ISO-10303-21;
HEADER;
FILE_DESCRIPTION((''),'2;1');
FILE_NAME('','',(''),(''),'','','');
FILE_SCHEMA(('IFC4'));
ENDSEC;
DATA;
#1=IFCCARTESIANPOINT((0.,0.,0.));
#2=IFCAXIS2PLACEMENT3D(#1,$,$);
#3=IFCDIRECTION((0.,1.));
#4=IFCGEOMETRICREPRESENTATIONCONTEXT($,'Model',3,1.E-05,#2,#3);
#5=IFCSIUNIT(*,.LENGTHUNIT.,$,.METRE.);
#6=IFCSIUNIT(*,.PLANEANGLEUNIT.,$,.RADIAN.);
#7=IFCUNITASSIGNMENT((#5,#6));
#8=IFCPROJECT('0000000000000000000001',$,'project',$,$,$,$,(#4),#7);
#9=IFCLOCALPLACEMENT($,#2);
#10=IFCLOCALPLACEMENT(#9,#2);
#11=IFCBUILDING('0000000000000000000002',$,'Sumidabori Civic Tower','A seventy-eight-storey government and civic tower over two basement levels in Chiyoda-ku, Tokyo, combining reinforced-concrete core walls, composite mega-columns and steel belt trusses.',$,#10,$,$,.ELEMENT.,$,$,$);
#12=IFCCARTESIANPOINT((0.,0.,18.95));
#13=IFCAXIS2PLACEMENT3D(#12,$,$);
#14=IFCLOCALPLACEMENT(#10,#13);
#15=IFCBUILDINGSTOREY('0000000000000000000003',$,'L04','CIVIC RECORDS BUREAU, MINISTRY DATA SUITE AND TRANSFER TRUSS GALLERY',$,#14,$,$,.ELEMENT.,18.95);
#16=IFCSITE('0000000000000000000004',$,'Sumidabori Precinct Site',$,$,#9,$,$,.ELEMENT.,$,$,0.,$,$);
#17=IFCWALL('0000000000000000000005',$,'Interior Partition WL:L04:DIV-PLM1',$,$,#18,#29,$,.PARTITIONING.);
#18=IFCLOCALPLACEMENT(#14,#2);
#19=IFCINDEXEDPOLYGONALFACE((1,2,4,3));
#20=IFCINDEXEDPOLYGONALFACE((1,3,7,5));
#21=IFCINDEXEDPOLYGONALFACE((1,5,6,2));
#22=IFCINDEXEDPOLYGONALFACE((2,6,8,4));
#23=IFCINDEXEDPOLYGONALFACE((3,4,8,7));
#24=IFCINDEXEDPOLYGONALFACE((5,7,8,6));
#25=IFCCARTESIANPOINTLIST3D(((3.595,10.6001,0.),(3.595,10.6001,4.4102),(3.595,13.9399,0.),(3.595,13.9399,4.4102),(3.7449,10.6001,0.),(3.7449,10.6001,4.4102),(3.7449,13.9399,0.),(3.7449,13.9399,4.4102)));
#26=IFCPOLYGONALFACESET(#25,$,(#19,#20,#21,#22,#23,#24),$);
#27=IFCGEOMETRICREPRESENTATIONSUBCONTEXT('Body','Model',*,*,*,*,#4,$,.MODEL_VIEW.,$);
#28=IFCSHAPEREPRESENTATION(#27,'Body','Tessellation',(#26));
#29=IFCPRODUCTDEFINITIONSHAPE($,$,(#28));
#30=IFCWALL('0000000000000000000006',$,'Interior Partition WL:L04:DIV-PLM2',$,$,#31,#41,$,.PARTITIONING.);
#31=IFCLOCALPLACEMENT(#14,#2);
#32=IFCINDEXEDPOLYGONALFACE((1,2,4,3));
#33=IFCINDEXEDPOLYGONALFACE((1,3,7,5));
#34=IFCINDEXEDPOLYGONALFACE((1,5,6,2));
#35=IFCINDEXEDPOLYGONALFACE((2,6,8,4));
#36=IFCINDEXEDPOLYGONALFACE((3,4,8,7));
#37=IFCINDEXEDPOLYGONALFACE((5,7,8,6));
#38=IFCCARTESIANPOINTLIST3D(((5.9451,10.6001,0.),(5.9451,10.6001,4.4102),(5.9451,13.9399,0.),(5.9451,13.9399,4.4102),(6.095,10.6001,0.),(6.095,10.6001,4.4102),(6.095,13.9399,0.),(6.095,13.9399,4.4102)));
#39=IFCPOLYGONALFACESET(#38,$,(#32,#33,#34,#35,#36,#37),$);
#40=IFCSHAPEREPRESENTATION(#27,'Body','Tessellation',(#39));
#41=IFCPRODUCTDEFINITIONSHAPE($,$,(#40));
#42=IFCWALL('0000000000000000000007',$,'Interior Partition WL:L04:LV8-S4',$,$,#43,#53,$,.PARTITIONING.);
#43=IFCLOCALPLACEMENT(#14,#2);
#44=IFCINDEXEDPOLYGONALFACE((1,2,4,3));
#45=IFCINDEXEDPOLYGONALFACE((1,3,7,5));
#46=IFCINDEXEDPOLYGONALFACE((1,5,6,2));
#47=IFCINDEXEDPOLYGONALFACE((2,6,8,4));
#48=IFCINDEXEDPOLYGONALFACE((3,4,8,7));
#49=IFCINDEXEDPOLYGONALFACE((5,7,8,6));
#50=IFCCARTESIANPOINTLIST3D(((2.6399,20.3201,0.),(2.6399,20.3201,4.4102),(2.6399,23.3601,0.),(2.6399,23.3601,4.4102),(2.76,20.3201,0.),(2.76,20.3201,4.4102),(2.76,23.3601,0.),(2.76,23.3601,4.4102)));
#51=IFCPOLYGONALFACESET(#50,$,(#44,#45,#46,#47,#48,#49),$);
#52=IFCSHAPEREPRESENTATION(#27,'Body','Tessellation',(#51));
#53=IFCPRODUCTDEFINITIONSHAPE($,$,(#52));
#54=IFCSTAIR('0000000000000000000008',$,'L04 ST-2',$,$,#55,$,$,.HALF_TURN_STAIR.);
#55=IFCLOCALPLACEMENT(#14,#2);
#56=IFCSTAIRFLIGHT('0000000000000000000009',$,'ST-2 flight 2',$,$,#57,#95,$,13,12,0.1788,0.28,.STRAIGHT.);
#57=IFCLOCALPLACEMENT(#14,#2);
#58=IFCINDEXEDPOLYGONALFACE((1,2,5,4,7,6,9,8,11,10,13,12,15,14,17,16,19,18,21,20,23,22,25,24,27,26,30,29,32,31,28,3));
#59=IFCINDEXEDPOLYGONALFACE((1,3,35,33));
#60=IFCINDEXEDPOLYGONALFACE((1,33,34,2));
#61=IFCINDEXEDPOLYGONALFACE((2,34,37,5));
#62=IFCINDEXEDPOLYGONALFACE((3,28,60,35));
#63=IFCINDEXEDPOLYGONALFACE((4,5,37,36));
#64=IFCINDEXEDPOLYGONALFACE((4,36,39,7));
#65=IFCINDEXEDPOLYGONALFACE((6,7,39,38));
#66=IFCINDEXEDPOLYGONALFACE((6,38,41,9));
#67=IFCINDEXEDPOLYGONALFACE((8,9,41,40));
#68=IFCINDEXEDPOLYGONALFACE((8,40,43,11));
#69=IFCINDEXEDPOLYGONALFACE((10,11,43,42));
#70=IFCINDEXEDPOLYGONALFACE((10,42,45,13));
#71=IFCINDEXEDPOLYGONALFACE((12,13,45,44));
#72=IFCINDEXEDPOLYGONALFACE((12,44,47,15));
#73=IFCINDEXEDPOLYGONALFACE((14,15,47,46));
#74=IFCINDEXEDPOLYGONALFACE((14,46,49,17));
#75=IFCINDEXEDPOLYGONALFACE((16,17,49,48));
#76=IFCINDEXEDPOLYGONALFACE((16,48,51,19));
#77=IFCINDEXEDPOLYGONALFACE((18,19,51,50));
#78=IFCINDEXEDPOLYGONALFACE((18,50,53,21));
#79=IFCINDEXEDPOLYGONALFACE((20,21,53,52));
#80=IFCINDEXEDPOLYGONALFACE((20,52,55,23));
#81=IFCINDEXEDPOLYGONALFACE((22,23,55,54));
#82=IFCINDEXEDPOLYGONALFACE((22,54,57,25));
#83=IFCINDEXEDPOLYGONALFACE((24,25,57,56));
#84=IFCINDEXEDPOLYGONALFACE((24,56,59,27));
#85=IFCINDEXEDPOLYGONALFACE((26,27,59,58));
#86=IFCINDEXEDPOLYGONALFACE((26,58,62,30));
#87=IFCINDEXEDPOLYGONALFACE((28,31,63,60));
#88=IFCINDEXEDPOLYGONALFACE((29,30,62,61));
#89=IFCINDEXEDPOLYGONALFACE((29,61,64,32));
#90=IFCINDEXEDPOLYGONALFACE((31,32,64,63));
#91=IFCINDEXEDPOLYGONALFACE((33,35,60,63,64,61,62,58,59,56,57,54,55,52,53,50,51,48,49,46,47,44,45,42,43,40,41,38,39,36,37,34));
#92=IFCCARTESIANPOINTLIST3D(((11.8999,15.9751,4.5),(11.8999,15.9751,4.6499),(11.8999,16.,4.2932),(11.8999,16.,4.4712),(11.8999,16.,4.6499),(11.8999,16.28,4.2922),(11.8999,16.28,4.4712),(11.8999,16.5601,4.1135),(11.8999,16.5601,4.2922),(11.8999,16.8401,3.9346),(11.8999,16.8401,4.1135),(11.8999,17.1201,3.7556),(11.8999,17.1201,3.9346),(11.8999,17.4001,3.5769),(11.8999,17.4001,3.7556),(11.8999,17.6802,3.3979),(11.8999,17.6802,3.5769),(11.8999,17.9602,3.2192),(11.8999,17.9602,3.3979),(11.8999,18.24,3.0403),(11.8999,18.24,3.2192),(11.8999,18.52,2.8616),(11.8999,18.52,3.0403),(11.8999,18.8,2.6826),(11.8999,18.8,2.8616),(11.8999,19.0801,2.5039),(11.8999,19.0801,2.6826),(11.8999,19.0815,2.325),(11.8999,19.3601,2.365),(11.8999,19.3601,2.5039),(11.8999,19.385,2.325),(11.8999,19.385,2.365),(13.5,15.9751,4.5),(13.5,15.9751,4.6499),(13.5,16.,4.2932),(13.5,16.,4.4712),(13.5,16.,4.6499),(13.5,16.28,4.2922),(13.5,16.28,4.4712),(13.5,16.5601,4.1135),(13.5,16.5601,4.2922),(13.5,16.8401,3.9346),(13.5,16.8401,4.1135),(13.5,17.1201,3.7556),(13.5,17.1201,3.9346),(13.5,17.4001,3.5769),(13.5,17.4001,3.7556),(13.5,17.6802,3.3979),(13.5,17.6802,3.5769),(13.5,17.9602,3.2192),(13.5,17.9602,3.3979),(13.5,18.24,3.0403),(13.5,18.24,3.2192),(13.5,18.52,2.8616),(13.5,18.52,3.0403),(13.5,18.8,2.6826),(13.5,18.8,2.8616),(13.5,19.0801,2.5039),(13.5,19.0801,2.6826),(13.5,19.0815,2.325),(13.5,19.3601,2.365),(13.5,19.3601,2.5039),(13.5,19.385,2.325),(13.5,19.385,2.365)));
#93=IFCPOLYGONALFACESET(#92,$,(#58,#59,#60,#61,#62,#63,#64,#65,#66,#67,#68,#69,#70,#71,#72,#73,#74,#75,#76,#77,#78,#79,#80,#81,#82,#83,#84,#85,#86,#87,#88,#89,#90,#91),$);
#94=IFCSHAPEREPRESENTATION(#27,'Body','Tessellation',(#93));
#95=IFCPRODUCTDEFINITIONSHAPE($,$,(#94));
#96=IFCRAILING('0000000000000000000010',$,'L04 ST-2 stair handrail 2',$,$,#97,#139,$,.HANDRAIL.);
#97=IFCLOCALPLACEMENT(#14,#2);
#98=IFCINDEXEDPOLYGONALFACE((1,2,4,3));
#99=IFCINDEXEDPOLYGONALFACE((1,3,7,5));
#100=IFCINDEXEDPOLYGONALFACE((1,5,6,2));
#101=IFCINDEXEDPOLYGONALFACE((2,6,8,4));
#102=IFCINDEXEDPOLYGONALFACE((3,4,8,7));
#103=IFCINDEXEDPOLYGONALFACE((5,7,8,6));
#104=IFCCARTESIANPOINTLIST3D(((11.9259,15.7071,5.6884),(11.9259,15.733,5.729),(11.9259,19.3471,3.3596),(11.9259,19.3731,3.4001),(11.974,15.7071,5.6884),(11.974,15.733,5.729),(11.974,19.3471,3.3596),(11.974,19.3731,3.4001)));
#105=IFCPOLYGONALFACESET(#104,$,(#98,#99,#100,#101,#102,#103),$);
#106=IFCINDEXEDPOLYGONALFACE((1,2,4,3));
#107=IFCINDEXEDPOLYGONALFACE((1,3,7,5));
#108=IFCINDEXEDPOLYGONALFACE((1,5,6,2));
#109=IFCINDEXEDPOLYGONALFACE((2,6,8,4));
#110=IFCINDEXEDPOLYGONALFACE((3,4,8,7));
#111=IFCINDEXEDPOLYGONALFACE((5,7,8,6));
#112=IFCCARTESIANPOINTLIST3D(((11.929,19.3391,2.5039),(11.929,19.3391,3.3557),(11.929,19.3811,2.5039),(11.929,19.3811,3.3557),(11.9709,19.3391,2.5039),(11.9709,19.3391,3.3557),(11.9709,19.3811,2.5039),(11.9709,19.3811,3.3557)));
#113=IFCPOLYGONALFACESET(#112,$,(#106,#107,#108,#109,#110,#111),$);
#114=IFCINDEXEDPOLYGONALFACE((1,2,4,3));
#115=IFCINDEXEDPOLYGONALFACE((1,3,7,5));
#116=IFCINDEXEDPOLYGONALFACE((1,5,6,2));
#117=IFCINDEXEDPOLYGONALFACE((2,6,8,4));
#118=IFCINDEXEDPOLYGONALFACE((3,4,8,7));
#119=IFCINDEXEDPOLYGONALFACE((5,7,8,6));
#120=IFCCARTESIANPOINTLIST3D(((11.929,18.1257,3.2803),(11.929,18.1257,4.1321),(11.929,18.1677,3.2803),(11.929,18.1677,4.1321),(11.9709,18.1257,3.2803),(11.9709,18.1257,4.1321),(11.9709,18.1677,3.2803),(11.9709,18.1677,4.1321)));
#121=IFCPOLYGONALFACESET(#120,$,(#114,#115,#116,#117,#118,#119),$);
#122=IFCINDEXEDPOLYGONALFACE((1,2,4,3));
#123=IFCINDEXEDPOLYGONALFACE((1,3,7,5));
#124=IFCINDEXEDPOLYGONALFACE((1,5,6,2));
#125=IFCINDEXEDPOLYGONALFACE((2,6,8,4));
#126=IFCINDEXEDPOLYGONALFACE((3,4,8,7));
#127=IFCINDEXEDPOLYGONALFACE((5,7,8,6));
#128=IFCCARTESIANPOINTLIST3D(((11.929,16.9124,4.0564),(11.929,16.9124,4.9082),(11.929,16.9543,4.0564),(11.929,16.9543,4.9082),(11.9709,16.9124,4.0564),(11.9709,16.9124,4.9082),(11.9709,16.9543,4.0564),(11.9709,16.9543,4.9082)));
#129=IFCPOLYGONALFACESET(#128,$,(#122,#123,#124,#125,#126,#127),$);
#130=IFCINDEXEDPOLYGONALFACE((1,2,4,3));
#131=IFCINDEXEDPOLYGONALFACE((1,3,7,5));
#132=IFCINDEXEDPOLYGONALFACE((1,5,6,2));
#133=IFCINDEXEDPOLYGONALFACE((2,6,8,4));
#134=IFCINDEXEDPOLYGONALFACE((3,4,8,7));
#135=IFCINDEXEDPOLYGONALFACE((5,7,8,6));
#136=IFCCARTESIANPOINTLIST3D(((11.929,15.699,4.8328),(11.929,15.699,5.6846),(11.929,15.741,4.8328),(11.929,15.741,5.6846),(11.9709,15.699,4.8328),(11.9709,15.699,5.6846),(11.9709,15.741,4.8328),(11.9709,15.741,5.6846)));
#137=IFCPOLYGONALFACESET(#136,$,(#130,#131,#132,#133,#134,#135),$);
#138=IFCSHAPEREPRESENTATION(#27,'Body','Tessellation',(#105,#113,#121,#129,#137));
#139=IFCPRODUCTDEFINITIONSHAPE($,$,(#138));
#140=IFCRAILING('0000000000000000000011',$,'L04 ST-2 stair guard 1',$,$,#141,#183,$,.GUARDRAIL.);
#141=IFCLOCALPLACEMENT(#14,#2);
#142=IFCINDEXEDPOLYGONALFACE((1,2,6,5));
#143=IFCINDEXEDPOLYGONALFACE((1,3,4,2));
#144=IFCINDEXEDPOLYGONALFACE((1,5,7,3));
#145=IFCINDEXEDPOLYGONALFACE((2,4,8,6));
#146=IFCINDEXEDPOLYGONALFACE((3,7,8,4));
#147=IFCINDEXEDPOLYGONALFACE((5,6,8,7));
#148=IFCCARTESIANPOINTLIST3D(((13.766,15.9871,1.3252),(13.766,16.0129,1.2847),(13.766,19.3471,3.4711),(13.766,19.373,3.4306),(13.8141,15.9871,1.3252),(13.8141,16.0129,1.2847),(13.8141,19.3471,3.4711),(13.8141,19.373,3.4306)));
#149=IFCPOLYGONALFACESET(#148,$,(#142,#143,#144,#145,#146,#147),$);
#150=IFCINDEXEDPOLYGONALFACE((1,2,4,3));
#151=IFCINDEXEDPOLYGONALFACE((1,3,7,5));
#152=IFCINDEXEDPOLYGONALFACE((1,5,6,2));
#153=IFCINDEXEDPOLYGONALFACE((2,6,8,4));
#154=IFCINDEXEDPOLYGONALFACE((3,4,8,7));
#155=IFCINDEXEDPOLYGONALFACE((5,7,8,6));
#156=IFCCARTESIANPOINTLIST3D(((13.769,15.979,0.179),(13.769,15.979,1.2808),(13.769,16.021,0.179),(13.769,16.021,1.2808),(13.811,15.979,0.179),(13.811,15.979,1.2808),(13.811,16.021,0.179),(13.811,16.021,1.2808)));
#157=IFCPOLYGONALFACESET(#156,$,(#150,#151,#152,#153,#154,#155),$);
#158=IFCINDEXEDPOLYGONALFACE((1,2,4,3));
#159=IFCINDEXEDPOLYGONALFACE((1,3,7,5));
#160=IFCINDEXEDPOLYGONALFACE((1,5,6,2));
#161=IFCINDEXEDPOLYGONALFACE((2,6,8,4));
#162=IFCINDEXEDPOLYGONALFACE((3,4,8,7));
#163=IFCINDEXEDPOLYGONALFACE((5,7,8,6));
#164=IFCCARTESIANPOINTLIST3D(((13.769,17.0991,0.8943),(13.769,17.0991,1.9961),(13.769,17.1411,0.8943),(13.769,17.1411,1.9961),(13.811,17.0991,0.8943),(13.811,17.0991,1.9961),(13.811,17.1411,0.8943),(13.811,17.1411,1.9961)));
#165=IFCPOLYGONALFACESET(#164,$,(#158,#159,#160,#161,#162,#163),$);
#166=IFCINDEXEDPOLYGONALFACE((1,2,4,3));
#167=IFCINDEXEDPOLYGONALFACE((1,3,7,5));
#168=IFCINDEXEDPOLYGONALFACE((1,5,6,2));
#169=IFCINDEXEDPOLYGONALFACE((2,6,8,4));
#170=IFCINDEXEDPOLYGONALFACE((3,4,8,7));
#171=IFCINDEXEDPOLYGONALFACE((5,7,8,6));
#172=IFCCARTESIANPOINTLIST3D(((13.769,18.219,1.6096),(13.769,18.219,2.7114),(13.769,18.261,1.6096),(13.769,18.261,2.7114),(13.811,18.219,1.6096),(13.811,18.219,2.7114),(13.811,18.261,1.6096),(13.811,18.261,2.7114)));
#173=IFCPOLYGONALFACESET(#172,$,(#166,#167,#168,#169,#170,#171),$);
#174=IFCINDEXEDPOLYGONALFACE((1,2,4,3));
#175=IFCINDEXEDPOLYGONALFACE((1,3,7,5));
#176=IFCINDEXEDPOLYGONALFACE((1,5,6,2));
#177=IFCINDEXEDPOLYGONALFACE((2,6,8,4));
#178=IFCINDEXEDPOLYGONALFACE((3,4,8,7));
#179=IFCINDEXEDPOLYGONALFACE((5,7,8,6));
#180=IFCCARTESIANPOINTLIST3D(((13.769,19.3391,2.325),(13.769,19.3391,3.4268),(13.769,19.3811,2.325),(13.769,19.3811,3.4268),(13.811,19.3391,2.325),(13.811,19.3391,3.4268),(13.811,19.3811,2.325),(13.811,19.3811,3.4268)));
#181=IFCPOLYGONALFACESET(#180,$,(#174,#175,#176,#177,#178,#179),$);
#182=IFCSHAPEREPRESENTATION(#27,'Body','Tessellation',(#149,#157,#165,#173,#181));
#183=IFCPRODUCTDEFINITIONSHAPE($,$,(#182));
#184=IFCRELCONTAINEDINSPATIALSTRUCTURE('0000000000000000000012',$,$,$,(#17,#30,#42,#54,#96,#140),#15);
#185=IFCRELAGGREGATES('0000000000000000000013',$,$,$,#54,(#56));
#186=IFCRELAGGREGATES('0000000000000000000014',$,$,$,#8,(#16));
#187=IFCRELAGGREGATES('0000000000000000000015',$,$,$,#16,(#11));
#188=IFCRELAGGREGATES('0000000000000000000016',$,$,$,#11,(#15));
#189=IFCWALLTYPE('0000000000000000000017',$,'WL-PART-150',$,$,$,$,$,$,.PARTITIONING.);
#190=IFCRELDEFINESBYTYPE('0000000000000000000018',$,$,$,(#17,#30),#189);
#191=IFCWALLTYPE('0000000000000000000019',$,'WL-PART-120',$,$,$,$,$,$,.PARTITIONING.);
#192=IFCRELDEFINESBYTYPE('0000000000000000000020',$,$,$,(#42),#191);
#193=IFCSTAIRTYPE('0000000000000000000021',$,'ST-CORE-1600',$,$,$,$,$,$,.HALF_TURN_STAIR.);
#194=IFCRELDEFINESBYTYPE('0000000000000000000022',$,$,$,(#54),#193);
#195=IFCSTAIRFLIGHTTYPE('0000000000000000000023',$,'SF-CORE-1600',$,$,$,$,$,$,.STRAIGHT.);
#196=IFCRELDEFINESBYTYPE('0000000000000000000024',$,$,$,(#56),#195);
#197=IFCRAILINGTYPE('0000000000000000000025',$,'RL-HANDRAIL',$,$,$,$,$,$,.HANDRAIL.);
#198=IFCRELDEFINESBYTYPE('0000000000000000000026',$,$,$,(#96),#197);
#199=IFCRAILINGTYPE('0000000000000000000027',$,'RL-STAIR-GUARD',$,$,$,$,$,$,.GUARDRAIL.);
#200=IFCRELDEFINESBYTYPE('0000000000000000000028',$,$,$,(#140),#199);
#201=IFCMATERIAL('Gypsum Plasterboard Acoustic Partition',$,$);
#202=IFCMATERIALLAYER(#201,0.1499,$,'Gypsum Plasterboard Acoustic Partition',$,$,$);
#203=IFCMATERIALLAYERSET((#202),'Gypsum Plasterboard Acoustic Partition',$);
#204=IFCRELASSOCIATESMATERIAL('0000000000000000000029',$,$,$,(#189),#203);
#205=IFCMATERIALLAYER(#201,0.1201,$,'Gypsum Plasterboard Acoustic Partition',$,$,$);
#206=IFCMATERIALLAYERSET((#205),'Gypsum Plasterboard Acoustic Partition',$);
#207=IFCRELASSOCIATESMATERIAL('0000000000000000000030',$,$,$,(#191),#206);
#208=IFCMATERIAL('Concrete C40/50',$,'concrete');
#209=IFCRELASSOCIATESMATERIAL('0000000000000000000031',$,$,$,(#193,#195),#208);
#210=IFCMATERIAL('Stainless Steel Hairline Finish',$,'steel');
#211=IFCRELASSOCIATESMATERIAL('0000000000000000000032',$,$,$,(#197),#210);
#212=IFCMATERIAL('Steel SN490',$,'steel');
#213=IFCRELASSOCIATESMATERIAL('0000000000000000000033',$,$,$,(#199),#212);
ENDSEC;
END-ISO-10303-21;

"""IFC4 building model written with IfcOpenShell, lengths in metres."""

from ifc_helpers import new_model, si_unit, direction, frame, frame_2d, origin, origin_2d, place, context, subcontext, project, spatial, polyline, rectangle, outline, extrude, source, transform, mapped, material, layer, layer_set, type_object, element, aggregate, save


model = new_model("IFC4")

# Units and contexts
model_context = context("Model", 3, precision=1e-05, world=origin(), true_north=direction((0.0, 1.0)))
body_context = subcontext(model_context, "Body", "Model", "MODEL_VIEW")
ifc_project = project(units=[si_unit("LENGTHUNIT", "METRE"), si_unit("PLANEANGLEUNIT", "RADIAN")], contexts=[model_context])

# Site, building, storey
site_placement = place(None, origin())
site = spatial("IfcSite", under=ifc_project, at=site_placement, Name="Sumidabori Precinct Site", CompositionType="ELEMENT", RefElevation=0.0)
building_placement = place(site_placement, origin())
building = spatial("IfcBuilding", under=site, at=building_placement, Name="Sumidabori Civic Tower", Description="A seventy-eight-storey government and civic tower over two basement levels in Chiyoda-ku, Tokyo, combining reinforced-concrete core walls, composite mega-columns and steel belt trusses.", CompositionType="ELEMENT")
storey_placement = place(building_placement, frame((0.0, 0.0, 18.95)))
storey = spatial("IfcBuildingStorey", under=building, at=storey_placement, Name="L04", Description="CIVIC RECORDS BUREAU, MINISTRY DATA SUITE AND TRANSFER TRUSS GALLERY", CompositionType="ELEMENT", Elevation=18.95)

# Shared definitions
ifc_material_1 = material(Name="Steel SN490", Category="steel")

# Shared definitions
ifc_material_2 = material(Name="Stainless Steel Hairline Finish", Category="steel")

# Walls
ifc_material_3 = material(Name="Gypsum Plasterboard Acoustic Partition")
ifc_layer_1 = layer(ifc_material_3, 0.1499, Name="Gypsum Plasterboard Acoustic Partition")
ifc_layer_set_1 = layer_set([ifc_layer_1], Name="Gypsum Plasterboard Acoustic Partition")
wall_type_1 = type_object("IfcWallType", Name="WL-PART-150", PredefinedType="PARTITIONING", material=ifc_layer_set_1)
shared_shape_1 = source(origin(), body_context, "Body", "SweptSolid", [
    extrude(rectangle(XDim=3.3398, YDim=0.1499, at=frame_2d((1.6699, 0.0))), origin(), (0.0, 0.0, 1.0), 4.4102),
])
for number, where, z_axis, x_axis, name in (
    (1, (3.6699, 10.6001, 0.0), (0.0, 0.0, 1.0), (0.0, 1.0, 0.0), "Interior Partition WL:L04:DIV-PLM1"),
    (2, (6.02, 10.6001, 0.0), (0.0, 0.0, 1.0), (0.0, 1.0, 0.0), "Interior Partition WL:L04:DIV-PLM2"),
):
    element("IfcWall", number, at=place(storey_placement, frame(where, z_axis=z_axis, x_axis=x_axis)), inside=storey, type_object=wall_type_1, Name=name, PredefinedType="PARTITIONING", context=body_context, shape_type="MappedRepresentation", body=[
        mapped(shared_shape_1, transform((0.0, 0.0, 0.0), x_axis=(1.0, 0.0, 0.0), y_axis=(0.0, 1.0, 0.0), z_axis=(0.0, 0.0, 1.0), scale=1.0)),
    ])
ifc_layer_2 = layer(ifc_material_3, 0.1201, Name="Gypsum Plasterboard Acoustic Partition")
ifc_layer_set_2 = layer_set([ifc_layer_2], Name="Gypsum Plasterboard Acoustic Partition")
wall_type_2 = type_object("IfcWallType", Name="WL-PART-120", PredefinedType="PARTITIONING", material=ifc_layer_set_2)
shared_shape_2 = source(origin(), body_context, "Body", "SweptSolid", [
    extrude(rectangle(XDim=3.04, YDim=0.1201, at=frame_2d((1.52, 0.0))), origin(), (0.0, 0.0, 1.0), 4.4102),
])
wall_1_placement = place(storey_placement, frame((2.7, 20.3201, 0.0), z_axis=(0.0, 0.0, 1.0), x_axis=(0.0, 1.0, 0.0)))
element("IfcWall", 3, at=wall_1_placement, inside=storey, type_object=wall_type_2, Name="Interior Partition WL:L04:LV8-S4", PredefinedType="PARTITIONING", context=body_context, shape_type="MappedRepresentation", body=[
    mapped(shared_shape_2, transform((0.0, 0.0, 0.0), x_axis=(1.0, 0.0, 0.0), y_axis=(0.0, 1.0, 0.0), z_axis=(0.0, 0.0, 1.0), scale=1.0)),
])

# Stair, stair flight
ifc_material_4 = material(Name="Concrete C40/50", Category="concrete")
stair_type = type_object("IfcStairType", Name="ST-CORE-1600", PredefinedType="HALF_TURN_STAIR", material=ifc_material_4)
stair_placement = place(storey_placement, origin())
stair = element("IfcStair", 4, at=stair_placement, inside=storey, type_object=stair_type, Name="L04 ST-2", PredefinedType="HALF_TURN_STAIR")
stair_flight_type = type_object("IfcStairFlightType", Name="SF-CORE-1600", PredefinedType="STRAIGHT", material=ifc_material_4)
shared_shape_3 = source(origin(), body_context, "Body", "SweptSolid", [
    extrude(outline(polyline([(-0.0249, 0.0), (-0.0249, 0.04), (0.0, 0.04), (0.0, 0.179), (0.28, 0.179), (0.28, 0.3577), (0.5601, 0.3577), (0.5601, 0.5366), (0.8401, 0.5366), (0.8401, 0.7153), (1.1201, 0.7153), (1.1201, 0.8943), (1.3999, 0.8943), (1.3999, 1.073), (1.6799, 1.073), (1.6799, 1.252), (1.96, 1.252), (1.96, 1.4307), (2.24, 1.4307), (2.24, 1.6096), (2.52, 1.6096), (2.52, 1.7886), (2.8, 1.7886), (2.8, 1.9673), (3.0801, 1.9673), (3.0801, 2.1462), (3.3601, 2.1462), (3.3601, 2.325), (3.385, 2.325), (3.385, 2.175), (3.3601, 1.9683), (0.2786, 0.0), (-0.0249, 0.0)])), frame((0.0, 0.8, 0.0), z_axis=(0.0, -1.0, 0.0), x_axis=(1.0, 0.0, 0.0)), (0.0, 0.0, 1.0), 1.6001),
])
stair_flight_placement = place(storey_placement, frame((12.7, 19.3601, 2.325), z_axis=(0.0, 0.0, 1.0), x_axis=(0.0, -1.0, 0.0)))
stair_flight = element("IfcStairFlight", 5, at=stair_flight_placement, type_object=stair_flight_type, Name="ST-2 flight 2", NumberOfRisers=13, NumberOfTreads=12, PredefinedType="STRAIGHT", RiserHeight=0.1788, TreadLength=0.28, context=body_context, shape_type="MappedRepresentation", body=[
    mapped(shared_shape_3, transform((0.0, 0.0, 0.0), x_axis=(1.0, 0.0, 0.0), y_axis=(0.0, 1.0, 0.0), z_axis=(0.0, 0.0, 1.0), scale=1.0)),
])
aggregate(stair, [stair_flight])

# Railings
railing_type_1 = type_object("IfcRailingType", Name="RL-HANDRAIL", PredefinedType="HANDRAIL", material=ifc_material_2)
railing_1_placement = place(storey_placement, frame((11.95, 19.3601, 2.5039)))
element("IfcRailing", 6, at=railing_1_placement, inside=storey, type_object=railing_type_1, Name="L04 ST-2 stair handrail 2", PredefinedType="HANDRAIL", context=body_context, shape_type="SweptSolid", body=[
    extrude(rectangle(XDim=0.0481, YDim=0.0481, at=origin_2d()), frame((0.0, 0.0, 0.876), z_axis=(0.0, -0.842359, 0.538917), x_axis=(1.0, 0.0, 0.0)), (0.0, 0.0, 1.0), 4.3213),
    extrude(rectangle(XDim=0.042, YDim=0.042, at=origin_2d()), origin(), (0.0, 0.0, 1.0), 0.8518),
    extrude(rectangle(XDim=0.042, YDim=0.042, at=origin_2d()), frame((0.0, -1.2134, 0.7764)), (0.0, 0.0, 1.0), 0.8518),
    extrude(rectangle(XDim=0.042, YDim=0.042, at=origin_2d()), frame((0.0, -2.4268, 1.5525)), (0.0, 0.0, 1.0), 0.8518),
    extrude(rectangle(XDim=0.042, YDim=0.042, at=origin_2d()), frame((0.0, -3.6401, 2.3289)), (0.0, 0.0, 1.0), 0.8518),
])
railing_type_2 = type_object("IfcRailingType", Name="RL-STAIR-GUARD", PredefinedType="GUARDRAIL", material=ifc_material_1)
railing_2_placement = place(storey_placement, frame((13.79, 16.0, 0.179)))
element("IfcRailing", 7, at=railing_2_placement, inside=storey, type_object=railing_type_2, Name="L04 ST-2 stair guard 1", PredefinedType="GUARDRAIL", context=body_context, shape_type="SweptSolid", body=[
    extrude(rectangle(XDim=0.0481, YDim=0.0481, at=origin_2d()), frame((0.0, 0.0, 1.126), z_axis=(0.0, 0.84278, 0.538258), x_axis=(-1.0, 0.0, 0.0)), (0.0, 0.0, 1.0), 3.9868),
    extrude(rectangle(XDim=0.042, YDim=0.042, at=origin_2d()), origin(), (0.0, 0.0, 1.0), 1.1018),
    extrude(rectangle(XDim=0.042, YDim=0.042, at=origin_2d()), frame((0.0, 1.1201, 0.7153)), (0.0, 0.0, 1.0), 1.1018),
    extrude(rectangle(XDim=0.042, YDim=0.042, at=origin_2d()), frame((0.0, 2.24, 1.4307)), (0.0, 0.0, 1.0), 1.1018),
    extrude(rectangle(XDim=0.042, YDim=0.042, at=origin_2d()), frame((0.0, 3.3601, 2.146)), (0.0, 0.0, 1.0), 1.1018),
])

save(model, "model.ifc")
